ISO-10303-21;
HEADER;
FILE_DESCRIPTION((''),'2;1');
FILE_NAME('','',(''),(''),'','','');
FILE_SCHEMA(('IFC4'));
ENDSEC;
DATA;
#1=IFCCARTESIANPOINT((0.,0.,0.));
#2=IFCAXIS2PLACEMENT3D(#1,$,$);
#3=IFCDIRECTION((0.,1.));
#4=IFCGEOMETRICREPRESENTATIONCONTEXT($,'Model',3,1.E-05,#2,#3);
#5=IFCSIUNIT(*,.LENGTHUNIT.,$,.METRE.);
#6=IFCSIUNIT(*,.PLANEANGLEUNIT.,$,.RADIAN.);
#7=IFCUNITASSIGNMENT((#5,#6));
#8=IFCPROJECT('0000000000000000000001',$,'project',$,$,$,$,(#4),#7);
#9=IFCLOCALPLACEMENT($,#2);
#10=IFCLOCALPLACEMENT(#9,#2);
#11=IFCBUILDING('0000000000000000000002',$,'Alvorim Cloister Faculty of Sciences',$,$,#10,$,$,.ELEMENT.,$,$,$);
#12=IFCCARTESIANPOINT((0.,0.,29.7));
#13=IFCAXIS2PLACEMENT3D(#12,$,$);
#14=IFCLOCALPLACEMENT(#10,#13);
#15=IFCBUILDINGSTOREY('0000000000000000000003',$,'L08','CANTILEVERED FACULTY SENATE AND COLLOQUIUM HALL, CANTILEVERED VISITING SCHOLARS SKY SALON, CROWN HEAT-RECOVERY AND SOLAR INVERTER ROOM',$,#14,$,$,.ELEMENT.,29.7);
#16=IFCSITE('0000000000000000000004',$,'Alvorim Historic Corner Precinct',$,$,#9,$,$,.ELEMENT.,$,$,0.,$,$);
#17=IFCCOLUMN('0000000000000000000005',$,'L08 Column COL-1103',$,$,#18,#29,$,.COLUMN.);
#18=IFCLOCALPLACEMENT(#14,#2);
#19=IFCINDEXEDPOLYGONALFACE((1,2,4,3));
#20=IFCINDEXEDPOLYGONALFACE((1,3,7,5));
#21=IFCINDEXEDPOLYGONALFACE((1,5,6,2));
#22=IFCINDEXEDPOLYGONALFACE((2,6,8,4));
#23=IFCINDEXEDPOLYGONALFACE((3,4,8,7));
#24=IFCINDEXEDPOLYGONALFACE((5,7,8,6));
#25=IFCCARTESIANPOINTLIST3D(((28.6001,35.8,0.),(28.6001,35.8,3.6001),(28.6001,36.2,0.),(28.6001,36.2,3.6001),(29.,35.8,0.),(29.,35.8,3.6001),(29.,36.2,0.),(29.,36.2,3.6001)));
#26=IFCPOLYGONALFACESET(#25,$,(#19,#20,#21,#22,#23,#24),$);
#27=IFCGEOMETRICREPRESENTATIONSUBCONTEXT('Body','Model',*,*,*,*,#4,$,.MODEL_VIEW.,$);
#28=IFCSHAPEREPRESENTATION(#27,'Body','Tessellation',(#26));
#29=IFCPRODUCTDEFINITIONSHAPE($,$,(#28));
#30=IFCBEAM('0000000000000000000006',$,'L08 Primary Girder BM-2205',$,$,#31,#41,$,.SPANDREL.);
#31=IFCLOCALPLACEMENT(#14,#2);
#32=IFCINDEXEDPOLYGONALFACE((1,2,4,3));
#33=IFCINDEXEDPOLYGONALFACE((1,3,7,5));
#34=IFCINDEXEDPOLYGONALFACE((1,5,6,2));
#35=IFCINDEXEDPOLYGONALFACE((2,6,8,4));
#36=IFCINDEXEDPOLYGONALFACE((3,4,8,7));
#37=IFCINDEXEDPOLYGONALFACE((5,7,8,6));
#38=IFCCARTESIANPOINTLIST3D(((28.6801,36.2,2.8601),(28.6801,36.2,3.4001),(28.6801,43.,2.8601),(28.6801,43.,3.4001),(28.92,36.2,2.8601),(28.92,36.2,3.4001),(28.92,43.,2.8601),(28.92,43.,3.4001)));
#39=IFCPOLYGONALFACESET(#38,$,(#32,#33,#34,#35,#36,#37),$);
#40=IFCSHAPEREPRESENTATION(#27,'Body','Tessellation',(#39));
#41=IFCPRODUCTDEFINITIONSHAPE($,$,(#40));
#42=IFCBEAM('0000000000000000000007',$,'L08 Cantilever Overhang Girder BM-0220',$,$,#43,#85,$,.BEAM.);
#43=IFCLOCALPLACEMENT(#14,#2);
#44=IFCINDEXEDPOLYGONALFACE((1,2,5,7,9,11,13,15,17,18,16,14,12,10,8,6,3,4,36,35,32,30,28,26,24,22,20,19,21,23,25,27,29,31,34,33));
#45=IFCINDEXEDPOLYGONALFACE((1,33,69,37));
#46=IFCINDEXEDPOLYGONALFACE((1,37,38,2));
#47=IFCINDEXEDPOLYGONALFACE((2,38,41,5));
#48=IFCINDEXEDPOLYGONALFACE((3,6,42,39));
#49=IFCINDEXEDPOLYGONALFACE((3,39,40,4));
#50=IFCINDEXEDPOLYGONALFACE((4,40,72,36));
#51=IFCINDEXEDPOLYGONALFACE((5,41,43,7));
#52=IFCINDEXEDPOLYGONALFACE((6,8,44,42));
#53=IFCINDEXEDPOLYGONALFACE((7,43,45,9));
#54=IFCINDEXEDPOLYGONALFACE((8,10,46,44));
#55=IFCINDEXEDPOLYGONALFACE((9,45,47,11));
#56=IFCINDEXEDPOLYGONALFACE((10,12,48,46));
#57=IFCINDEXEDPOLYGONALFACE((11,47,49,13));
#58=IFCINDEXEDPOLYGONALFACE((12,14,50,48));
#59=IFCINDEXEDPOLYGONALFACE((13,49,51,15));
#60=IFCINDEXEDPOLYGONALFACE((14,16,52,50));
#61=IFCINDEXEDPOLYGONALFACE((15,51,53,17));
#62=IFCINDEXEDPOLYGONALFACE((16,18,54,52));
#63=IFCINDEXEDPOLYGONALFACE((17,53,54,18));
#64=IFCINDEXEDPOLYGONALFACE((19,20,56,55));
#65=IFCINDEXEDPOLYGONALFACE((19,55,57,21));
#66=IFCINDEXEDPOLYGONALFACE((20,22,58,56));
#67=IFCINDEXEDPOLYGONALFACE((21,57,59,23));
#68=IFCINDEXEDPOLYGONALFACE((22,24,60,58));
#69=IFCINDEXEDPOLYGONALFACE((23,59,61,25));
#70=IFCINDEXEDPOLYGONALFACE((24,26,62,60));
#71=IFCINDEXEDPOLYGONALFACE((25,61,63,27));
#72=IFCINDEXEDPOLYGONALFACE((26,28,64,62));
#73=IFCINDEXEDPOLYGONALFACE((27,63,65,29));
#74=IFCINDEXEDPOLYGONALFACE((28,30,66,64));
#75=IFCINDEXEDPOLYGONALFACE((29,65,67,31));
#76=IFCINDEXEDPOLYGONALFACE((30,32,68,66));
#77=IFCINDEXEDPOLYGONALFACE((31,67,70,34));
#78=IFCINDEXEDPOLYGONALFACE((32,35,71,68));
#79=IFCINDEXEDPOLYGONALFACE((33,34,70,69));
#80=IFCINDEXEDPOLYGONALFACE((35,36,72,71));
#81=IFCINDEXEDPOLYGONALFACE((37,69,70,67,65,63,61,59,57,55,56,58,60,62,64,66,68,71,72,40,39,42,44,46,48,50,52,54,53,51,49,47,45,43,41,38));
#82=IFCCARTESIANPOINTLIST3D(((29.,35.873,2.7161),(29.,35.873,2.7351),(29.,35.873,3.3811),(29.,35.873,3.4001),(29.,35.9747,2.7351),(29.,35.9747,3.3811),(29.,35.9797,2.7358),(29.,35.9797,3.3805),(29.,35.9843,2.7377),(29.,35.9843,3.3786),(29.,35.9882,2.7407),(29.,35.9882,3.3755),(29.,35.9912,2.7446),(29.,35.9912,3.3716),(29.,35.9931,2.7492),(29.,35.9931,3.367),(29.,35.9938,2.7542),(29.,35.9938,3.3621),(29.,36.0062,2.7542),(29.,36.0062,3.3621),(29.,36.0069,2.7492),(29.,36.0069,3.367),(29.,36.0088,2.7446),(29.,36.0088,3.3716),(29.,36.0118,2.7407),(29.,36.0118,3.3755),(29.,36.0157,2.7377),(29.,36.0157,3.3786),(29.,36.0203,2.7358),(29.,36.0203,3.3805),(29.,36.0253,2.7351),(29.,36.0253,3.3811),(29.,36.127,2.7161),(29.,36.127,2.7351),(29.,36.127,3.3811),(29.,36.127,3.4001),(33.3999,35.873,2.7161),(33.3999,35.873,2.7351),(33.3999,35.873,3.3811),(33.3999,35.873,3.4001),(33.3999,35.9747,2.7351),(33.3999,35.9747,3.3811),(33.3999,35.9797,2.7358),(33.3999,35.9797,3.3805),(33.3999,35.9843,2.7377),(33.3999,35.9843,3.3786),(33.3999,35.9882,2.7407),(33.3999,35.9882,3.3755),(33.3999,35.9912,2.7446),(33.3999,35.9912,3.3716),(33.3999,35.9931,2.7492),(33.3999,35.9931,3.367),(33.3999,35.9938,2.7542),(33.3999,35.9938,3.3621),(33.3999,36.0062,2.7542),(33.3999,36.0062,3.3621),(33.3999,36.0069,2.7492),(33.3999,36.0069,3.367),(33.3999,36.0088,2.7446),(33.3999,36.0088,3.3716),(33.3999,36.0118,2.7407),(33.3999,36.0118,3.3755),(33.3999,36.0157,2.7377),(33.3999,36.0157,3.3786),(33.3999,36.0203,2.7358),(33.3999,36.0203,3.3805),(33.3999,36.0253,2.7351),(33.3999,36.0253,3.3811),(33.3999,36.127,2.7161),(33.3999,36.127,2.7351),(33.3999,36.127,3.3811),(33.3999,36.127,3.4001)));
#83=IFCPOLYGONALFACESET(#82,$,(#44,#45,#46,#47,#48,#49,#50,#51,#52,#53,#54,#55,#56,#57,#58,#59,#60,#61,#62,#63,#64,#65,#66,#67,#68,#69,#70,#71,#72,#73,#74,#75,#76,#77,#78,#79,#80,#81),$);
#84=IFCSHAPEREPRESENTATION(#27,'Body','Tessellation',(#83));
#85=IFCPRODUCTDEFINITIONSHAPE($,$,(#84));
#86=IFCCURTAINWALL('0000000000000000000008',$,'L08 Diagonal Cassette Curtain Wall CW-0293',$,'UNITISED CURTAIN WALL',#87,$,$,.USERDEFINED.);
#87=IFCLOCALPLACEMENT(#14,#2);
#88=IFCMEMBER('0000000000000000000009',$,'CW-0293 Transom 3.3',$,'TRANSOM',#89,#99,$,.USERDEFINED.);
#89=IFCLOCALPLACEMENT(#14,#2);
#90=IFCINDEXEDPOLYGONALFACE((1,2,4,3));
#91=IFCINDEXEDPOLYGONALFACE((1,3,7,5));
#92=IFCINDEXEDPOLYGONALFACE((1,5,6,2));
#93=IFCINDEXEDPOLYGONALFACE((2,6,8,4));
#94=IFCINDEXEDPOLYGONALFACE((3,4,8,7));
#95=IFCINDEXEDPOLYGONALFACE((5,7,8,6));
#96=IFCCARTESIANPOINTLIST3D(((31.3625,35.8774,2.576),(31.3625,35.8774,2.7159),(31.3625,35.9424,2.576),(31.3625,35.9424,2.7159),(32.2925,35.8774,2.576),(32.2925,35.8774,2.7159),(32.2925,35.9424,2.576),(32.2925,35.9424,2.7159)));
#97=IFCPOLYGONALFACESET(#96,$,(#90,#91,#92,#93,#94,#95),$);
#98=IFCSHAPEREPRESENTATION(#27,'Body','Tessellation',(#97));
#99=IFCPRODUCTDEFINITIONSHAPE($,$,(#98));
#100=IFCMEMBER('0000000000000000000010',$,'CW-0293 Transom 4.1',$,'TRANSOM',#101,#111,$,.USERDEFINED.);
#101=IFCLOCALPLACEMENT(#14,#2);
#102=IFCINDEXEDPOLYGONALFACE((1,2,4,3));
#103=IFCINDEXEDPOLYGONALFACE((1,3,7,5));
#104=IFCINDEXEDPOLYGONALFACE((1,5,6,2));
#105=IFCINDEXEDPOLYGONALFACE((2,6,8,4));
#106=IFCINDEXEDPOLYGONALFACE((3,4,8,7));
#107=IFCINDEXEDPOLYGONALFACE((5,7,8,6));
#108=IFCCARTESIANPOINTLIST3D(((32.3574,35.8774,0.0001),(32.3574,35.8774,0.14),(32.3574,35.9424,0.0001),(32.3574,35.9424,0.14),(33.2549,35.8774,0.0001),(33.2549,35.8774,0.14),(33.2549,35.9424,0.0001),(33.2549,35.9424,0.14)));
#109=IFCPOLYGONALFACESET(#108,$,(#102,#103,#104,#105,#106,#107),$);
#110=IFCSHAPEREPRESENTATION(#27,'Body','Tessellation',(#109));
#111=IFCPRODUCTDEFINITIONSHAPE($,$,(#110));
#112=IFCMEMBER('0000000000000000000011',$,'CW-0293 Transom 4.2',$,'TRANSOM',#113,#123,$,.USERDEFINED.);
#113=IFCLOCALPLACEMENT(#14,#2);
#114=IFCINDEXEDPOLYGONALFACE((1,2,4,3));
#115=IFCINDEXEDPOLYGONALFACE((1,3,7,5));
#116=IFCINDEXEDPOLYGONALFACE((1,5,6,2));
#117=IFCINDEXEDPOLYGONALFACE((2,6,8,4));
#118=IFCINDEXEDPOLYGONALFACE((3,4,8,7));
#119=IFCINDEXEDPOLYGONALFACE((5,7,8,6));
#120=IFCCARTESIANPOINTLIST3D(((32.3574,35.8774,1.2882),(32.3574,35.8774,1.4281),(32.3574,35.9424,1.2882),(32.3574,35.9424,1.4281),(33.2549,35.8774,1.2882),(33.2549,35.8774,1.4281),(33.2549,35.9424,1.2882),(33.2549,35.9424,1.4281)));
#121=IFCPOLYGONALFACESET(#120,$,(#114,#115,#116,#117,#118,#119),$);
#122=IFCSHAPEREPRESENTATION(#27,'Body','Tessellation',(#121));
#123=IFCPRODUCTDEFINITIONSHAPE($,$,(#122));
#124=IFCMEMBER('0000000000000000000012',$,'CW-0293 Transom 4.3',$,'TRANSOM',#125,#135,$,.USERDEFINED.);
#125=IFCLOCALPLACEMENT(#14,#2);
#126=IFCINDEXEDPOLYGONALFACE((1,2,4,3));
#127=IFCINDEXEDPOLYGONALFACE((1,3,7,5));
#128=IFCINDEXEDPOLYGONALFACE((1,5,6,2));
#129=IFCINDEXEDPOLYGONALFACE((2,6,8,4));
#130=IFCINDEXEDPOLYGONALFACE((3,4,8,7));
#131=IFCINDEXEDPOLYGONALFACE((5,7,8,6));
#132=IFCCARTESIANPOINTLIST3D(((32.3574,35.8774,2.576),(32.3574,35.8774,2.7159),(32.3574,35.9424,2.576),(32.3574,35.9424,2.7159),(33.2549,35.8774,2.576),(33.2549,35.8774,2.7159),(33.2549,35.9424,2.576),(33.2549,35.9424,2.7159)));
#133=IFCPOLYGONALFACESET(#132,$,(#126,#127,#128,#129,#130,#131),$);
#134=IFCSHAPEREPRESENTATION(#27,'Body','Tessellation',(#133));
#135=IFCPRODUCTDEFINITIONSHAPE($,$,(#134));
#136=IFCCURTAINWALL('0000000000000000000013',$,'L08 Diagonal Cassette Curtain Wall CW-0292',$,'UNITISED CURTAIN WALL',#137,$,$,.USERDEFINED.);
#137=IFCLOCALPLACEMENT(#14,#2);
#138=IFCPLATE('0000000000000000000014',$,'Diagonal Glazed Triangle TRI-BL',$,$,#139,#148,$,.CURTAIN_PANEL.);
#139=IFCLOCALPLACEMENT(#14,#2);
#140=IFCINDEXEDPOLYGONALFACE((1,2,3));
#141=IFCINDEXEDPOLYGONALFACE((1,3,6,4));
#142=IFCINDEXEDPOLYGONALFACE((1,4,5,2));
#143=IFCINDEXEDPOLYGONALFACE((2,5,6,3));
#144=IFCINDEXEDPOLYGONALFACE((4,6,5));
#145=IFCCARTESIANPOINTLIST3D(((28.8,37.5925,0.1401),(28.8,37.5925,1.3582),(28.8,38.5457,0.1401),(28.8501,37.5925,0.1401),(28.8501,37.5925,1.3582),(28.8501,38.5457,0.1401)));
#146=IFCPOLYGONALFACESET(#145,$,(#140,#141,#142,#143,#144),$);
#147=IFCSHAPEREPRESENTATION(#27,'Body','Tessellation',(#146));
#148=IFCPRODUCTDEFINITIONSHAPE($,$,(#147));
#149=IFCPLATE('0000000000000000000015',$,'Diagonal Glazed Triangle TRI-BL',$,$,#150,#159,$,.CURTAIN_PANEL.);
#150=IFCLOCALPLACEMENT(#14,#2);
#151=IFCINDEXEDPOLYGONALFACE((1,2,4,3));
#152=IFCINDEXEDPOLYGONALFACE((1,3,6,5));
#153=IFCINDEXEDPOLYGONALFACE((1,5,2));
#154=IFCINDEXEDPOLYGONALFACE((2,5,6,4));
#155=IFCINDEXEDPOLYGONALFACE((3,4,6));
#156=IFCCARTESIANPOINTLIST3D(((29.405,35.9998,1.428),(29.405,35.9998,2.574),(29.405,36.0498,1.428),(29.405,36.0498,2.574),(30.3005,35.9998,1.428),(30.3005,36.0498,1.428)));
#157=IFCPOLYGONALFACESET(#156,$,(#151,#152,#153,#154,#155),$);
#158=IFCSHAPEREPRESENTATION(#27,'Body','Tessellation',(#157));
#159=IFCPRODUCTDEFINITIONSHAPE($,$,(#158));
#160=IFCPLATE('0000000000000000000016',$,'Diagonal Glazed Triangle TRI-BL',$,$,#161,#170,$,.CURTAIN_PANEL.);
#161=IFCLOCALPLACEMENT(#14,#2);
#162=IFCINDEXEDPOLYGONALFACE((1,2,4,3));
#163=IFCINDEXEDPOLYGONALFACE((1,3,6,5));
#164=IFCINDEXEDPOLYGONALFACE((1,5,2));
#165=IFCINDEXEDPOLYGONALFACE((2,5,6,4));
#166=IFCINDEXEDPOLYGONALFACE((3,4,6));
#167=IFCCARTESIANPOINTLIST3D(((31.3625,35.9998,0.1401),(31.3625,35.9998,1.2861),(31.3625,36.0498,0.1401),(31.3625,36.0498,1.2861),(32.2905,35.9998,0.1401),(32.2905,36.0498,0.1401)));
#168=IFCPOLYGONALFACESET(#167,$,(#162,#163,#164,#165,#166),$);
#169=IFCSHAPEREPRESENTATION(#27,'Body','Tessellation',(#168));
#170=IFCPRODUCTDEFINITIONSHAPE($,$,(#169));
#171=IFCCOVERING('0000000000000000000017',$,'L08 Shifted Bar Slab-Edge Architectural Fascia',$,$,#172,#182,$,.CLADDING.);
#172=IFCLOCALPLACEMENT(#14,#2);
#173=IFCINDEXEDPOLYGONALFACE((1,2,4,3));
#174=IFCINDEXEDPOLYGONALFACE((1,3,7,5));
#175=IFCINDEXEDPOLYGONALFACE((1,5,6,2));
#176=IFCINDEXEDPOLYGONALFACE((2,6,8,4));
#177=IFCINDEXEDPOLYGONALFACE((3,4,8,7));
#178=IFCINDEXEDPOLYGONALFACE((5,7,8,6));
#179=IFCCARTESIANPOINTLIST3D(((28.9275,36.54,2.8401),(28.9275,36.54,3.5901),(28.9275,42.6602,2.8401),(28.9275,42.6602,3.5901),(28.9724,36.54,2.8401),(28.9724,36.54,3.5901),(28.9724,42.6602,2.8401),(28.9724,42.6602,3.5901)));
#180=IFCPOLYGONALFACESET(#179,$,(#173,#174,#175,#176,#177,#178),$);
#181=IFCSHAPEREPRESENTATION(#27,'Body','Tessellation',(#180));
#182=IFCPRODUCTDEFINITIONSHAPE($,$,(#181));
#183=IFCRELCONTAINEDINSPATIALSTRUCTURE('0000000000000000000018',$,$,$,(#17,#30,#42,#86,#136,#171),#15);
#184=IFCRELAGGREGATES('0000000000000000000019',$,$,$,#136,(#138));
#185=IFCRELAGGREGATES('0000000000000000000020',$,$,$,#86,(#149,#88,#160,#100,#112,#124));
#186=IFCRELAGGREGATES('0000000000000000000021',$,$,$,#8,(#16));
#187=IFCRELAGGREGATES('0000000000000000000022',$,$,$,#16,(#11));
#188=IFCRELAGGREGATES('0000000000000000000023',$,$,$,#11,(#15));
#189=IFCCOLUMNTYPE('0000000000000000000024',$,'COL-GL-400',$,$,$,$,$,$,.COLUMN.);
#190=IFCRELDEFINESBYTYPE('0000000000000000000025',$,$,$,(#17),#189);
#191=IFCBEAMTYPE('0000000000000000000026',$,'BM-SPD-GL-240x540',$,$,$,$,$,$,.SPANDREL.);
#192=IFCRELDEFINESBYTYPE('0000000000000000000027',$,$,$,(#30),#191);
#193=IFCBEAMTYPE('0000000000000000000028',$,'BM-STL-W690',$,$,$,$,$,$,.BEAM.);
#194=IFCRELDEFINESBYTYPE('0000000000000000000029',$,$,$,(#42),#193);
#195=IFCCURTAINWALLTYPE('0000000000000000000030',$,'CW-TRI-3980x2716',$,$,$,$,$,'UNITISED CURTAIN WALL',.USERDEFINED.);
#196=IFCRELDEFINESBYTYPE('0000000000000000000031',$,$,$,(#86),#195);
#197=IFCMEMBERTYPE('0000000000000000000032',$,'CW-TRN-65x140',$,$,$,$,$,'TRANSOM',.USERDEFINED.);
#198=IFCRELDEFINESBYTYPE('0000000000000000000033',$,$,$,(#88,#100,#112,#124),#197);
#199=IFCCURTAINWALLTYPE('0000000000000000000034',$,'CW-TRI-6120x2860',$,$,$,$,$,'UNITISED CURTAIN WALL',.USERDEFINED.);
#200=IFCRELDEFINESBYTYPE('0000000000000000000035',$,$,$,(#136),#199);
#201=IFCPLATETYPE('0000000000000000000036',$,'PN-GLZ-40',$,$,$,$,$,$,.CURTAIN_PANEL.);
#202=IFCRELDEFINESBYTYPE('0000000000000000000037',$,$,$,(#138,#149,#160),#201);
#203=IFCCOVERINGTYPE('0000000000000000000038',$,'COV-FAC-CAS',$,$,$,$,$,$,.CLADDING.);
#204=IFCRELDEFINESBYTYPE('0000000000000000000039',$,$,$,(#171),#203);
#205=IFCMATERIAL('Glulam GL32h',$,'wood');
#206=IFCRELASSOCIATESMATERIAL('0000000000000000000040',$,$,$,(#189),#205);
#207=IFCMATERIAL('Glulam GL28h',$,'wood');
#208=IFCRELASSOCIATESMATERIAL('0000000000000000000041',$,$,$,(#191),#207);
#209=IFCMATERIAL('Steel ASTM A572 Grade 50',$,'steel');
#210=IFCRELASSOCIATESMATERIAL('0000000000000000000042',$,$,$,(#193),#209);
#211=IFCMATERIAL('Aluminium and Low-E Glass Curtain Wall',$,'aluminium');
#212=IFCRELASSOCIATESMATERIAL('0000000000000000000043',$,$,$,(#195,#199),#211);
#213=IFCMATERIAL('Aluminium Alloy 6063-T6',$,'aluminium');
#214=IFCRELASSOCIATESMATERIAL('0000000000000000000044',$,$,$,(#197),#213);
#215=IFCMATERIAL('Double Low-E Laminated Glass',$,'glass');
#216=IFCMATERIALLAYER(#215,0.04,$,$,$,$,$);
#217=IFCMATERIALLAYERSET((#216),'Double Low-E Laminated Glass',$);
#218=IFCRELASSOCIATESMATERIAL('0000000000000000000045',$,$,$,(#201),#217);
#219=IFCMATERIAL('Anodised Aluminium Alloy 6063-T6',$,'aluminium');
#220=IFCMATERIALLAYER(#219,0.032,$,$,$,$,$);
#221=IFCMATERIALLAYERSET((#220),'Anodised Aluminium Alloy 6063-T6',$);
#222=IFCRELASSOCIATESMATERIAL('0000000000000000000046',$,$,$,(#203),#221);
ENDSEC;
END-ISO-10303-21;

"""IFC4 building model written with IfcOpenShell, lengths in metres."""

from ifc_helpers import new_model, si_unit, direction, frame, origin, origin_2d, place, context, subcontext, project, spatial, polyline, rectangle, i_section, outline, extrude, material, layer, layer_set, material_profile, profile_set, type_object, element, aggregate, save


model = new_model("IFC4")

# Units and contexts
model_context = context("Model", 3, precision=1e-05, world=origin(), true_north=direction((0.0, 1.0)))
body_context = subcontext(model_context, "Body", "Model", "MODEL_VIEW")
ifc_project = project(units=[si_unit("LENGTHUNIT", "METRE"), si_unit("PLANEANGLEUNIT", "RADIAN")], contexts=[model_context])

# Site, building, storey
site_placement = place(None, origin())
site = spatial("IfcSite", under=ifc_project, at=site_placement, Name="Alvorim Historic Corner Precinct", CompositionType="ELEMENT", RefElevation=0.0)
building_placement = place(site_placement, origin())
building = spatial("IfcBuilding", under=site, at=building_placement, Name="Alvorim Cloister Faculty of Sciences", CompositionType="ELEMENT")
storey_placement = place(building_placement, frame((0.0, 0.0, 29.7)))
storey = spatial("IfcBuildingStorey", under=building, at=storey_placement, Name="L08", Description="CANTILEVERED FACULTY SENATE AND COLLOQUIUM HALL, CANTILEVERED VISITING SCHOLARS SKY SALON, CROWN HEAT-RECOVERY AND SOLAR INVERTER ROOM", CompositionType="ELEMENT", Elevation=29.7)

# Column
ifc_material_1 = material(Name="Glulam GL32h", Category="wood")
ifc_material_profile_1 = material_profile(ifc_material_1, rectangle(XDim=0.3999, YDim=0.3999, at=origin_2d()), Name="GL32-COL-400x400")
ifc_profile_set_1 = profile_set([ifc_material_profile_1], Name="Glulam GL32h")
column_type = type_object("IfcColumnType", Name="COL-GL-400", PredefinedType="COLUMN", material=ifc_profile_set_1)
column_placement = place(storey_placement, frame((28.8, 36.0, 0.0), z_axis=(0.0, 0.0, 1.0), x_axis=(1.0, 0.0, 0.0)))
element("IfcColumn", 1, at=column_placement, inside=storey, type_object=column_type, Name="L08 Column COL-1103", PredefinedType="COLUMN", context=body_context, shape_type="SweptSolid", body=[
    extrude(rectangle(XDim=0.3999, YDim=0.3999, at=origin_2d()), origin(), (0.0, 0.0, 1.0), 3.6001),
])

# Beams
ifc_material_2 = material(Name="Glulam GL28h", Category="wood")
ifc_material_profile_2 = material_profile(ifc_material_2, rectangle(XDim=0.24, YDim=0.54, at=origin_2d()), Name="GL28-SPD-240x540")
ifc_profile_set_2 = profile_set([ifc_material_profile_2], Name="Glulam GL28h")
beam_type_1 = type_object("IfcBeamType", Name="BM-SPD-GL-240x540", PredefinedType="SPANDREL", material=ifc_profile_set_2)
beam_1_placement = place(storey_placement, frame((28.8, 36.2, 3.1301), z_axis=(0.0, 1.0, 0.0), x_axis=(-1.0, 0.0, 0.0)))
element("IfcBeam", 2, at=beam_1_placement, inside=storey, type_object=beam_type_1, Name="L08 Primary Girder BM-2205", PredefinedType="SPANDREL", context=body_context, shape_type="SweptSolid", body=[
    extrude(rectangle(XDim=0.24, YDim=0.54, at=origin_2d()), origin(), (0.0, 0.0, 1.0), 6.8),
])
ifc_material_3 = material(Name="Steel ASTM A572 Grade 50", Category="steel")
ifc_material_profile_3 = material_profile(ifc_material_3, i_section(OverallWidth=0.2539, OverallDepth=0.6841, WebThickness=0.0125, FlangeThickness=0.019, FilletRadius=0.019, at=origin_2d()), Name="W690x140.0")
ifc_profile_set_3 = profile_set([ifc_material_profile_3], Name="Steel ASTM A572 Grade 50")
beam_type_2 = type_object("IfcBeamType", Name="BM-STL-W690", PredefinedType="BEAM", material=ifc_profile_set_3)
beam_2_placement = place(storey_placement, frame((29.0, 36.0, 3.0581), z_axis=(1.0, 0.0, 0.0), x_axis=(0.0, 1.0, 0.0)))
element("IfcBeam", 3, at=beam_2_placement, inside=storey, type_object=beam_type_2, Name="L08 Cantilever Overhang Girder BM-0220", PredefinedType="BEAM", context=body_context, shape_type="SweptSolid", body=[
    extrude(i_section(OverallWidth=0.2539, OverallDepth=0.6841, WebThickness=0.0125, FlangeThickness=0.019, FilletRadius=0.019, at=origin_2d()), origin(), (0.0, 0.0, 1.0), 4.3999),
])

# Curtain wall, members
ifc_material_4 = material(Name="Aluminium and Low-E Glass Curtain Wall", Category="aluminium")
curtain_wall_type_1 = type_object("IfcCurtainWallType", Name="CW-TRI-3980x2716", ElementType="UNITISED CURTAIN WALL", PredefinedType="USERDEFINED", material=ifc_material_4)
curtain_wall_1_placement = place(storey_placement, origin())
curtain_wall_1 = element("IfcCurtainWall", 4, at=curtain_wall_1_placement, inside=storey, type_object=curtain_wall_type_1, Name="L08 Diagonal Cassette Curtain Wall CW-0293", ObjectType="UNITISED CURTAIN WALL", PredefinedType="USERDEFINED")
ifc_material_5 = material(Name="Aluminium Alloy 6063-T6", Category="aluminium")
ifc_material_profile_4 = material_profile(ifc_material_5, rectangle(XDim=0.0649, YDim=0.1399, at=origin_2d()), Name="ALU-TRN-65x140")
ifc_profile_set_4 = profile_set([ifc_material_profile_4], Name="Aluminium Alloy 6063-T6")
member_type = type_object("IfcMemberType", Name="CW-TRN-65x140", ElementType="TRANSOM", PredefinedType="USERDEFINED", material=ifc_profile_set_4)
member_1_placement = place(storey_placement, frame((31.3625, 35.9099, 2.646), z_axis=(1.0, 0.0, 0.0), x_axis=(0.0, 1.0, 0.0)))
member_1 = element("IfcMember", 5, at=member_1_placement, type_object=member_type, Name="CW-0293 Transom 3.3", ObjectType="TRANSOM", PredefinedType="USERDEFINED", context=body_context, shape_type="SweptSolid", body=[
    extrude(rectangle(XDim=0.0649, YDim=0.1399, at=origin_2d()), origin(), (0.0, 0.0, 1.0), 0.9299),
])
member_2_placement = place(storey_placement, frame((32.3574, 35.9099, 0.0701), z_axis=(1.0, 0.0, 0.0), x_axis=(0.0, 1.0, 0.0)))
member_2 = element("IfcMember", 6, at=member_2_placement, type_object=member_type, Name="CW-0293 Transom 4.1", ObjectType="TRANSOM", PredefinedType="USERDEFINED", context=body_context, shape_type="SweptSolid", body=[
    extrude(rectangle(XDim=0.0649, YDim=0.1399, at=origin_2d()), origin(), (0.0, 0.0, 1.0), 0.8975),
])
member_3_placement = place(storey_placement, frame((32.3574, 35.9099, 1.3582), z_axis=(1.0, 0.0, 0.0), x_axis=(0.0, 1.0, 0.0)))
member_3 = element("IfcMember", 7, at=member_3_placement, type_object=member_type, Name="CW-0293 Transom 4.2", ObjectType="TRANSOM", PredefinedType="USERDEFINED", context=body_context, shape_type="SweptSolid", body=[
    extrude(rectangle(XDim=0.0649, YDim=0.1399, at=origin_2d()), origin(), (0.0, 0.0, 1.0), 0.8975),
])
member_4_placement = place(storey_placement, frame((32.3574, 35.9099, 2.646), z_axis=(1.0, 0.0, 0.0), x_axis=(0.0, 1.0, 0.0)))
member_4 = element("IfcMember", 8, at=member_4_placement, type_object=member_type, Name="CW-0293 Transom 4.3", ObjectType="TRANSOM", PredefinedType="USERDEFINED", context=body_context, shape_type="SweptSolid", body=[
    extrude(rectangle(XDim=0.0649, YDim=0.1399, at=origin_2d()), origin(), (0.0, 0.0, 1.0), 0.8975),
])

# Curtain wall, plate
curtain_wall_type_2 = type_object("IfcCurtainWallType", Name="CW-TRI-6120x2860", ElementType="UNITISED CURTAIN WALL", PredefinedType="USERDEFINED", material=ifc_material_4)
curtain_wall_2_placement = place(storey_placement, origin())
curtain_wall_2 = element("IfcCurtainWall", 9, at=curtain_wall_2_placement, inside=storey, type_object=curtain_wall_type_2, Name="L08 Diagonal Cassette Curtain Wall CW-0292", ObjectType="UNITISED CURTAIN WALL", PredefinedType="USERDEFINED")
ifc_material_6 = material(Name="Double Low-E Laminated Glass", Category="glass")
ifc_layer_1 = layer(ifc_material_6, 0.04)
ifc_layer_set_1 = layer_set([ifc_layer_1], Name="Double Low-E Laminated Glass")
plate_type = type_object("IfcPlateType", Name="PN-GLZ-40", PredefinedType="CURTAIN_PANEL", material=ifc_layer_set_1)
plate_1_placement = place(storey_placement, frame((28.825, 37.5925, 0.1401), z_axis=(0.0, 0.0, 1.0), x_axis=(0.0, 1.0, 0.0)))
plate_1 = element("IfcPlate", 10, at=plate_1_placement, type_object=plate_type, Name="Diagonal Glazed Triangle TRI-BL", PredefinedType="CURTAIN_PANEL", context=body_context, shape_type="SweptSolid", body=[
    extrude(outline(polyline([(0.0, 0.0), (0.9531, 0.0), (0.0, 1.218), (0.0, 0.0)])), frame((0.0, 0.0249, 0.0), z_axis=(0.0, -1.0, 0.0), x_axis=(1.0, 0.0, 0.0)), (0.0, 0.0, 1.0), 0.05),
])
aggregate(curtain_wall_2, [plate_1])

# Plates
plate_2_placement = place(storey_placement, frame((29.405, 36.0249, 1.428), z_axis=(0.0, 0.0, 1.0), x_axis=(1.0, 0.0, 0.0)))
plate_2 = element("IfcPlate", 11, at=plate_2_placement, type_object=plate_type, Name="Diagonal Glazed Triangle TRI-BL", PredefinedType="CURTAIN_PANEL", context=body_context, shape_type="SweptSolid", body=[
    extrude(outline(polyline([(0.0, 0.0), (0.8955, 0.0), (0.0, 1.146), (0.0, 0.0)])), frame((0.0, 0.0249, 0.0), z_axis=(0.0, -1.0, 0.0), x_axis=(1.0, 0.0, 0.0)), (0.0, 0.0, 1.0), 0.05),
])
plate_3_placement = place(storey_placement, frame((31.3625, 36.0249, 0.1401), z_axis=(0.0, 0.0, 1.0), x_axis=(1.0, 0.0, 0.0)))
plate_3 = element("IfcPlate", 12, at=plate_3_placement, type_object=plate_type, Name="Diagonal Glazed Triangle TRI-BL", PredefinedType="CURTAIN_PANEL", context=body_context, shape_type="SweptSolid", body=[
    extrude(outline(polyline([(0.0, 0.0), (0.928, 0.0), (0.0, 1.146), (0.0, 0.0)])), frame((0.0, 0.0249, 0.0), z_axis=(0.0, -1.0, 0.0), x_axis=(1.0, 0.0, 0.0)), (0.0, 0.0, 1.0), 0.05),
])
aggregate(curtain_wall_1, [plate_2, member_1, plate_3, member_2, member_3, member_4])

# Covering
ifc_material_7 = material(Name="Anodised Aluminium Alloy 6063-T6", Category="aluminium")
ifc_layer_2 = layer(ifc_material_7, 0.032)
ifc_layer_set_2 = layer_set([ifc_layer_2], Name="Anodised Aluminium Alloy 6063-T6")
covering_type = type_object("IfcCoveringType", Name="COV-FAC-CAS", PredefinedType="CLADDING", material=ifc_layer_set_2)
covering_1_placement = place(storey_placement, frame((28.95, 36.54, 2.8401), z_axis=(0.0, 0.0, 1.0), x_axis=(0.0, 1.0, 0.0)))
element("IfcCovering", 13, at=covering_1_placement, inside=storey, type_object=covering_type, Name="L08 Shifted Bar Slab-Edge Architectural Fascia", PredefinedType="CLADDING", context=body_context, shape_type="SweptSolid", body=[
    extrude(outline(polyline([(0.0, 0.0), (6.1201, 0.0), (6.1201, 0.75), (0.0, 0.75), (0.0, 0.0)])), frame((0.0, 0.0225, 0.0), z_axis=(0.0, -1.0, 0.0), x_axis=(1.0, 0.0, 0.0)), (0.0, 0.0, 1.0), 0.0449),
])

save(model, "model.ifc")
